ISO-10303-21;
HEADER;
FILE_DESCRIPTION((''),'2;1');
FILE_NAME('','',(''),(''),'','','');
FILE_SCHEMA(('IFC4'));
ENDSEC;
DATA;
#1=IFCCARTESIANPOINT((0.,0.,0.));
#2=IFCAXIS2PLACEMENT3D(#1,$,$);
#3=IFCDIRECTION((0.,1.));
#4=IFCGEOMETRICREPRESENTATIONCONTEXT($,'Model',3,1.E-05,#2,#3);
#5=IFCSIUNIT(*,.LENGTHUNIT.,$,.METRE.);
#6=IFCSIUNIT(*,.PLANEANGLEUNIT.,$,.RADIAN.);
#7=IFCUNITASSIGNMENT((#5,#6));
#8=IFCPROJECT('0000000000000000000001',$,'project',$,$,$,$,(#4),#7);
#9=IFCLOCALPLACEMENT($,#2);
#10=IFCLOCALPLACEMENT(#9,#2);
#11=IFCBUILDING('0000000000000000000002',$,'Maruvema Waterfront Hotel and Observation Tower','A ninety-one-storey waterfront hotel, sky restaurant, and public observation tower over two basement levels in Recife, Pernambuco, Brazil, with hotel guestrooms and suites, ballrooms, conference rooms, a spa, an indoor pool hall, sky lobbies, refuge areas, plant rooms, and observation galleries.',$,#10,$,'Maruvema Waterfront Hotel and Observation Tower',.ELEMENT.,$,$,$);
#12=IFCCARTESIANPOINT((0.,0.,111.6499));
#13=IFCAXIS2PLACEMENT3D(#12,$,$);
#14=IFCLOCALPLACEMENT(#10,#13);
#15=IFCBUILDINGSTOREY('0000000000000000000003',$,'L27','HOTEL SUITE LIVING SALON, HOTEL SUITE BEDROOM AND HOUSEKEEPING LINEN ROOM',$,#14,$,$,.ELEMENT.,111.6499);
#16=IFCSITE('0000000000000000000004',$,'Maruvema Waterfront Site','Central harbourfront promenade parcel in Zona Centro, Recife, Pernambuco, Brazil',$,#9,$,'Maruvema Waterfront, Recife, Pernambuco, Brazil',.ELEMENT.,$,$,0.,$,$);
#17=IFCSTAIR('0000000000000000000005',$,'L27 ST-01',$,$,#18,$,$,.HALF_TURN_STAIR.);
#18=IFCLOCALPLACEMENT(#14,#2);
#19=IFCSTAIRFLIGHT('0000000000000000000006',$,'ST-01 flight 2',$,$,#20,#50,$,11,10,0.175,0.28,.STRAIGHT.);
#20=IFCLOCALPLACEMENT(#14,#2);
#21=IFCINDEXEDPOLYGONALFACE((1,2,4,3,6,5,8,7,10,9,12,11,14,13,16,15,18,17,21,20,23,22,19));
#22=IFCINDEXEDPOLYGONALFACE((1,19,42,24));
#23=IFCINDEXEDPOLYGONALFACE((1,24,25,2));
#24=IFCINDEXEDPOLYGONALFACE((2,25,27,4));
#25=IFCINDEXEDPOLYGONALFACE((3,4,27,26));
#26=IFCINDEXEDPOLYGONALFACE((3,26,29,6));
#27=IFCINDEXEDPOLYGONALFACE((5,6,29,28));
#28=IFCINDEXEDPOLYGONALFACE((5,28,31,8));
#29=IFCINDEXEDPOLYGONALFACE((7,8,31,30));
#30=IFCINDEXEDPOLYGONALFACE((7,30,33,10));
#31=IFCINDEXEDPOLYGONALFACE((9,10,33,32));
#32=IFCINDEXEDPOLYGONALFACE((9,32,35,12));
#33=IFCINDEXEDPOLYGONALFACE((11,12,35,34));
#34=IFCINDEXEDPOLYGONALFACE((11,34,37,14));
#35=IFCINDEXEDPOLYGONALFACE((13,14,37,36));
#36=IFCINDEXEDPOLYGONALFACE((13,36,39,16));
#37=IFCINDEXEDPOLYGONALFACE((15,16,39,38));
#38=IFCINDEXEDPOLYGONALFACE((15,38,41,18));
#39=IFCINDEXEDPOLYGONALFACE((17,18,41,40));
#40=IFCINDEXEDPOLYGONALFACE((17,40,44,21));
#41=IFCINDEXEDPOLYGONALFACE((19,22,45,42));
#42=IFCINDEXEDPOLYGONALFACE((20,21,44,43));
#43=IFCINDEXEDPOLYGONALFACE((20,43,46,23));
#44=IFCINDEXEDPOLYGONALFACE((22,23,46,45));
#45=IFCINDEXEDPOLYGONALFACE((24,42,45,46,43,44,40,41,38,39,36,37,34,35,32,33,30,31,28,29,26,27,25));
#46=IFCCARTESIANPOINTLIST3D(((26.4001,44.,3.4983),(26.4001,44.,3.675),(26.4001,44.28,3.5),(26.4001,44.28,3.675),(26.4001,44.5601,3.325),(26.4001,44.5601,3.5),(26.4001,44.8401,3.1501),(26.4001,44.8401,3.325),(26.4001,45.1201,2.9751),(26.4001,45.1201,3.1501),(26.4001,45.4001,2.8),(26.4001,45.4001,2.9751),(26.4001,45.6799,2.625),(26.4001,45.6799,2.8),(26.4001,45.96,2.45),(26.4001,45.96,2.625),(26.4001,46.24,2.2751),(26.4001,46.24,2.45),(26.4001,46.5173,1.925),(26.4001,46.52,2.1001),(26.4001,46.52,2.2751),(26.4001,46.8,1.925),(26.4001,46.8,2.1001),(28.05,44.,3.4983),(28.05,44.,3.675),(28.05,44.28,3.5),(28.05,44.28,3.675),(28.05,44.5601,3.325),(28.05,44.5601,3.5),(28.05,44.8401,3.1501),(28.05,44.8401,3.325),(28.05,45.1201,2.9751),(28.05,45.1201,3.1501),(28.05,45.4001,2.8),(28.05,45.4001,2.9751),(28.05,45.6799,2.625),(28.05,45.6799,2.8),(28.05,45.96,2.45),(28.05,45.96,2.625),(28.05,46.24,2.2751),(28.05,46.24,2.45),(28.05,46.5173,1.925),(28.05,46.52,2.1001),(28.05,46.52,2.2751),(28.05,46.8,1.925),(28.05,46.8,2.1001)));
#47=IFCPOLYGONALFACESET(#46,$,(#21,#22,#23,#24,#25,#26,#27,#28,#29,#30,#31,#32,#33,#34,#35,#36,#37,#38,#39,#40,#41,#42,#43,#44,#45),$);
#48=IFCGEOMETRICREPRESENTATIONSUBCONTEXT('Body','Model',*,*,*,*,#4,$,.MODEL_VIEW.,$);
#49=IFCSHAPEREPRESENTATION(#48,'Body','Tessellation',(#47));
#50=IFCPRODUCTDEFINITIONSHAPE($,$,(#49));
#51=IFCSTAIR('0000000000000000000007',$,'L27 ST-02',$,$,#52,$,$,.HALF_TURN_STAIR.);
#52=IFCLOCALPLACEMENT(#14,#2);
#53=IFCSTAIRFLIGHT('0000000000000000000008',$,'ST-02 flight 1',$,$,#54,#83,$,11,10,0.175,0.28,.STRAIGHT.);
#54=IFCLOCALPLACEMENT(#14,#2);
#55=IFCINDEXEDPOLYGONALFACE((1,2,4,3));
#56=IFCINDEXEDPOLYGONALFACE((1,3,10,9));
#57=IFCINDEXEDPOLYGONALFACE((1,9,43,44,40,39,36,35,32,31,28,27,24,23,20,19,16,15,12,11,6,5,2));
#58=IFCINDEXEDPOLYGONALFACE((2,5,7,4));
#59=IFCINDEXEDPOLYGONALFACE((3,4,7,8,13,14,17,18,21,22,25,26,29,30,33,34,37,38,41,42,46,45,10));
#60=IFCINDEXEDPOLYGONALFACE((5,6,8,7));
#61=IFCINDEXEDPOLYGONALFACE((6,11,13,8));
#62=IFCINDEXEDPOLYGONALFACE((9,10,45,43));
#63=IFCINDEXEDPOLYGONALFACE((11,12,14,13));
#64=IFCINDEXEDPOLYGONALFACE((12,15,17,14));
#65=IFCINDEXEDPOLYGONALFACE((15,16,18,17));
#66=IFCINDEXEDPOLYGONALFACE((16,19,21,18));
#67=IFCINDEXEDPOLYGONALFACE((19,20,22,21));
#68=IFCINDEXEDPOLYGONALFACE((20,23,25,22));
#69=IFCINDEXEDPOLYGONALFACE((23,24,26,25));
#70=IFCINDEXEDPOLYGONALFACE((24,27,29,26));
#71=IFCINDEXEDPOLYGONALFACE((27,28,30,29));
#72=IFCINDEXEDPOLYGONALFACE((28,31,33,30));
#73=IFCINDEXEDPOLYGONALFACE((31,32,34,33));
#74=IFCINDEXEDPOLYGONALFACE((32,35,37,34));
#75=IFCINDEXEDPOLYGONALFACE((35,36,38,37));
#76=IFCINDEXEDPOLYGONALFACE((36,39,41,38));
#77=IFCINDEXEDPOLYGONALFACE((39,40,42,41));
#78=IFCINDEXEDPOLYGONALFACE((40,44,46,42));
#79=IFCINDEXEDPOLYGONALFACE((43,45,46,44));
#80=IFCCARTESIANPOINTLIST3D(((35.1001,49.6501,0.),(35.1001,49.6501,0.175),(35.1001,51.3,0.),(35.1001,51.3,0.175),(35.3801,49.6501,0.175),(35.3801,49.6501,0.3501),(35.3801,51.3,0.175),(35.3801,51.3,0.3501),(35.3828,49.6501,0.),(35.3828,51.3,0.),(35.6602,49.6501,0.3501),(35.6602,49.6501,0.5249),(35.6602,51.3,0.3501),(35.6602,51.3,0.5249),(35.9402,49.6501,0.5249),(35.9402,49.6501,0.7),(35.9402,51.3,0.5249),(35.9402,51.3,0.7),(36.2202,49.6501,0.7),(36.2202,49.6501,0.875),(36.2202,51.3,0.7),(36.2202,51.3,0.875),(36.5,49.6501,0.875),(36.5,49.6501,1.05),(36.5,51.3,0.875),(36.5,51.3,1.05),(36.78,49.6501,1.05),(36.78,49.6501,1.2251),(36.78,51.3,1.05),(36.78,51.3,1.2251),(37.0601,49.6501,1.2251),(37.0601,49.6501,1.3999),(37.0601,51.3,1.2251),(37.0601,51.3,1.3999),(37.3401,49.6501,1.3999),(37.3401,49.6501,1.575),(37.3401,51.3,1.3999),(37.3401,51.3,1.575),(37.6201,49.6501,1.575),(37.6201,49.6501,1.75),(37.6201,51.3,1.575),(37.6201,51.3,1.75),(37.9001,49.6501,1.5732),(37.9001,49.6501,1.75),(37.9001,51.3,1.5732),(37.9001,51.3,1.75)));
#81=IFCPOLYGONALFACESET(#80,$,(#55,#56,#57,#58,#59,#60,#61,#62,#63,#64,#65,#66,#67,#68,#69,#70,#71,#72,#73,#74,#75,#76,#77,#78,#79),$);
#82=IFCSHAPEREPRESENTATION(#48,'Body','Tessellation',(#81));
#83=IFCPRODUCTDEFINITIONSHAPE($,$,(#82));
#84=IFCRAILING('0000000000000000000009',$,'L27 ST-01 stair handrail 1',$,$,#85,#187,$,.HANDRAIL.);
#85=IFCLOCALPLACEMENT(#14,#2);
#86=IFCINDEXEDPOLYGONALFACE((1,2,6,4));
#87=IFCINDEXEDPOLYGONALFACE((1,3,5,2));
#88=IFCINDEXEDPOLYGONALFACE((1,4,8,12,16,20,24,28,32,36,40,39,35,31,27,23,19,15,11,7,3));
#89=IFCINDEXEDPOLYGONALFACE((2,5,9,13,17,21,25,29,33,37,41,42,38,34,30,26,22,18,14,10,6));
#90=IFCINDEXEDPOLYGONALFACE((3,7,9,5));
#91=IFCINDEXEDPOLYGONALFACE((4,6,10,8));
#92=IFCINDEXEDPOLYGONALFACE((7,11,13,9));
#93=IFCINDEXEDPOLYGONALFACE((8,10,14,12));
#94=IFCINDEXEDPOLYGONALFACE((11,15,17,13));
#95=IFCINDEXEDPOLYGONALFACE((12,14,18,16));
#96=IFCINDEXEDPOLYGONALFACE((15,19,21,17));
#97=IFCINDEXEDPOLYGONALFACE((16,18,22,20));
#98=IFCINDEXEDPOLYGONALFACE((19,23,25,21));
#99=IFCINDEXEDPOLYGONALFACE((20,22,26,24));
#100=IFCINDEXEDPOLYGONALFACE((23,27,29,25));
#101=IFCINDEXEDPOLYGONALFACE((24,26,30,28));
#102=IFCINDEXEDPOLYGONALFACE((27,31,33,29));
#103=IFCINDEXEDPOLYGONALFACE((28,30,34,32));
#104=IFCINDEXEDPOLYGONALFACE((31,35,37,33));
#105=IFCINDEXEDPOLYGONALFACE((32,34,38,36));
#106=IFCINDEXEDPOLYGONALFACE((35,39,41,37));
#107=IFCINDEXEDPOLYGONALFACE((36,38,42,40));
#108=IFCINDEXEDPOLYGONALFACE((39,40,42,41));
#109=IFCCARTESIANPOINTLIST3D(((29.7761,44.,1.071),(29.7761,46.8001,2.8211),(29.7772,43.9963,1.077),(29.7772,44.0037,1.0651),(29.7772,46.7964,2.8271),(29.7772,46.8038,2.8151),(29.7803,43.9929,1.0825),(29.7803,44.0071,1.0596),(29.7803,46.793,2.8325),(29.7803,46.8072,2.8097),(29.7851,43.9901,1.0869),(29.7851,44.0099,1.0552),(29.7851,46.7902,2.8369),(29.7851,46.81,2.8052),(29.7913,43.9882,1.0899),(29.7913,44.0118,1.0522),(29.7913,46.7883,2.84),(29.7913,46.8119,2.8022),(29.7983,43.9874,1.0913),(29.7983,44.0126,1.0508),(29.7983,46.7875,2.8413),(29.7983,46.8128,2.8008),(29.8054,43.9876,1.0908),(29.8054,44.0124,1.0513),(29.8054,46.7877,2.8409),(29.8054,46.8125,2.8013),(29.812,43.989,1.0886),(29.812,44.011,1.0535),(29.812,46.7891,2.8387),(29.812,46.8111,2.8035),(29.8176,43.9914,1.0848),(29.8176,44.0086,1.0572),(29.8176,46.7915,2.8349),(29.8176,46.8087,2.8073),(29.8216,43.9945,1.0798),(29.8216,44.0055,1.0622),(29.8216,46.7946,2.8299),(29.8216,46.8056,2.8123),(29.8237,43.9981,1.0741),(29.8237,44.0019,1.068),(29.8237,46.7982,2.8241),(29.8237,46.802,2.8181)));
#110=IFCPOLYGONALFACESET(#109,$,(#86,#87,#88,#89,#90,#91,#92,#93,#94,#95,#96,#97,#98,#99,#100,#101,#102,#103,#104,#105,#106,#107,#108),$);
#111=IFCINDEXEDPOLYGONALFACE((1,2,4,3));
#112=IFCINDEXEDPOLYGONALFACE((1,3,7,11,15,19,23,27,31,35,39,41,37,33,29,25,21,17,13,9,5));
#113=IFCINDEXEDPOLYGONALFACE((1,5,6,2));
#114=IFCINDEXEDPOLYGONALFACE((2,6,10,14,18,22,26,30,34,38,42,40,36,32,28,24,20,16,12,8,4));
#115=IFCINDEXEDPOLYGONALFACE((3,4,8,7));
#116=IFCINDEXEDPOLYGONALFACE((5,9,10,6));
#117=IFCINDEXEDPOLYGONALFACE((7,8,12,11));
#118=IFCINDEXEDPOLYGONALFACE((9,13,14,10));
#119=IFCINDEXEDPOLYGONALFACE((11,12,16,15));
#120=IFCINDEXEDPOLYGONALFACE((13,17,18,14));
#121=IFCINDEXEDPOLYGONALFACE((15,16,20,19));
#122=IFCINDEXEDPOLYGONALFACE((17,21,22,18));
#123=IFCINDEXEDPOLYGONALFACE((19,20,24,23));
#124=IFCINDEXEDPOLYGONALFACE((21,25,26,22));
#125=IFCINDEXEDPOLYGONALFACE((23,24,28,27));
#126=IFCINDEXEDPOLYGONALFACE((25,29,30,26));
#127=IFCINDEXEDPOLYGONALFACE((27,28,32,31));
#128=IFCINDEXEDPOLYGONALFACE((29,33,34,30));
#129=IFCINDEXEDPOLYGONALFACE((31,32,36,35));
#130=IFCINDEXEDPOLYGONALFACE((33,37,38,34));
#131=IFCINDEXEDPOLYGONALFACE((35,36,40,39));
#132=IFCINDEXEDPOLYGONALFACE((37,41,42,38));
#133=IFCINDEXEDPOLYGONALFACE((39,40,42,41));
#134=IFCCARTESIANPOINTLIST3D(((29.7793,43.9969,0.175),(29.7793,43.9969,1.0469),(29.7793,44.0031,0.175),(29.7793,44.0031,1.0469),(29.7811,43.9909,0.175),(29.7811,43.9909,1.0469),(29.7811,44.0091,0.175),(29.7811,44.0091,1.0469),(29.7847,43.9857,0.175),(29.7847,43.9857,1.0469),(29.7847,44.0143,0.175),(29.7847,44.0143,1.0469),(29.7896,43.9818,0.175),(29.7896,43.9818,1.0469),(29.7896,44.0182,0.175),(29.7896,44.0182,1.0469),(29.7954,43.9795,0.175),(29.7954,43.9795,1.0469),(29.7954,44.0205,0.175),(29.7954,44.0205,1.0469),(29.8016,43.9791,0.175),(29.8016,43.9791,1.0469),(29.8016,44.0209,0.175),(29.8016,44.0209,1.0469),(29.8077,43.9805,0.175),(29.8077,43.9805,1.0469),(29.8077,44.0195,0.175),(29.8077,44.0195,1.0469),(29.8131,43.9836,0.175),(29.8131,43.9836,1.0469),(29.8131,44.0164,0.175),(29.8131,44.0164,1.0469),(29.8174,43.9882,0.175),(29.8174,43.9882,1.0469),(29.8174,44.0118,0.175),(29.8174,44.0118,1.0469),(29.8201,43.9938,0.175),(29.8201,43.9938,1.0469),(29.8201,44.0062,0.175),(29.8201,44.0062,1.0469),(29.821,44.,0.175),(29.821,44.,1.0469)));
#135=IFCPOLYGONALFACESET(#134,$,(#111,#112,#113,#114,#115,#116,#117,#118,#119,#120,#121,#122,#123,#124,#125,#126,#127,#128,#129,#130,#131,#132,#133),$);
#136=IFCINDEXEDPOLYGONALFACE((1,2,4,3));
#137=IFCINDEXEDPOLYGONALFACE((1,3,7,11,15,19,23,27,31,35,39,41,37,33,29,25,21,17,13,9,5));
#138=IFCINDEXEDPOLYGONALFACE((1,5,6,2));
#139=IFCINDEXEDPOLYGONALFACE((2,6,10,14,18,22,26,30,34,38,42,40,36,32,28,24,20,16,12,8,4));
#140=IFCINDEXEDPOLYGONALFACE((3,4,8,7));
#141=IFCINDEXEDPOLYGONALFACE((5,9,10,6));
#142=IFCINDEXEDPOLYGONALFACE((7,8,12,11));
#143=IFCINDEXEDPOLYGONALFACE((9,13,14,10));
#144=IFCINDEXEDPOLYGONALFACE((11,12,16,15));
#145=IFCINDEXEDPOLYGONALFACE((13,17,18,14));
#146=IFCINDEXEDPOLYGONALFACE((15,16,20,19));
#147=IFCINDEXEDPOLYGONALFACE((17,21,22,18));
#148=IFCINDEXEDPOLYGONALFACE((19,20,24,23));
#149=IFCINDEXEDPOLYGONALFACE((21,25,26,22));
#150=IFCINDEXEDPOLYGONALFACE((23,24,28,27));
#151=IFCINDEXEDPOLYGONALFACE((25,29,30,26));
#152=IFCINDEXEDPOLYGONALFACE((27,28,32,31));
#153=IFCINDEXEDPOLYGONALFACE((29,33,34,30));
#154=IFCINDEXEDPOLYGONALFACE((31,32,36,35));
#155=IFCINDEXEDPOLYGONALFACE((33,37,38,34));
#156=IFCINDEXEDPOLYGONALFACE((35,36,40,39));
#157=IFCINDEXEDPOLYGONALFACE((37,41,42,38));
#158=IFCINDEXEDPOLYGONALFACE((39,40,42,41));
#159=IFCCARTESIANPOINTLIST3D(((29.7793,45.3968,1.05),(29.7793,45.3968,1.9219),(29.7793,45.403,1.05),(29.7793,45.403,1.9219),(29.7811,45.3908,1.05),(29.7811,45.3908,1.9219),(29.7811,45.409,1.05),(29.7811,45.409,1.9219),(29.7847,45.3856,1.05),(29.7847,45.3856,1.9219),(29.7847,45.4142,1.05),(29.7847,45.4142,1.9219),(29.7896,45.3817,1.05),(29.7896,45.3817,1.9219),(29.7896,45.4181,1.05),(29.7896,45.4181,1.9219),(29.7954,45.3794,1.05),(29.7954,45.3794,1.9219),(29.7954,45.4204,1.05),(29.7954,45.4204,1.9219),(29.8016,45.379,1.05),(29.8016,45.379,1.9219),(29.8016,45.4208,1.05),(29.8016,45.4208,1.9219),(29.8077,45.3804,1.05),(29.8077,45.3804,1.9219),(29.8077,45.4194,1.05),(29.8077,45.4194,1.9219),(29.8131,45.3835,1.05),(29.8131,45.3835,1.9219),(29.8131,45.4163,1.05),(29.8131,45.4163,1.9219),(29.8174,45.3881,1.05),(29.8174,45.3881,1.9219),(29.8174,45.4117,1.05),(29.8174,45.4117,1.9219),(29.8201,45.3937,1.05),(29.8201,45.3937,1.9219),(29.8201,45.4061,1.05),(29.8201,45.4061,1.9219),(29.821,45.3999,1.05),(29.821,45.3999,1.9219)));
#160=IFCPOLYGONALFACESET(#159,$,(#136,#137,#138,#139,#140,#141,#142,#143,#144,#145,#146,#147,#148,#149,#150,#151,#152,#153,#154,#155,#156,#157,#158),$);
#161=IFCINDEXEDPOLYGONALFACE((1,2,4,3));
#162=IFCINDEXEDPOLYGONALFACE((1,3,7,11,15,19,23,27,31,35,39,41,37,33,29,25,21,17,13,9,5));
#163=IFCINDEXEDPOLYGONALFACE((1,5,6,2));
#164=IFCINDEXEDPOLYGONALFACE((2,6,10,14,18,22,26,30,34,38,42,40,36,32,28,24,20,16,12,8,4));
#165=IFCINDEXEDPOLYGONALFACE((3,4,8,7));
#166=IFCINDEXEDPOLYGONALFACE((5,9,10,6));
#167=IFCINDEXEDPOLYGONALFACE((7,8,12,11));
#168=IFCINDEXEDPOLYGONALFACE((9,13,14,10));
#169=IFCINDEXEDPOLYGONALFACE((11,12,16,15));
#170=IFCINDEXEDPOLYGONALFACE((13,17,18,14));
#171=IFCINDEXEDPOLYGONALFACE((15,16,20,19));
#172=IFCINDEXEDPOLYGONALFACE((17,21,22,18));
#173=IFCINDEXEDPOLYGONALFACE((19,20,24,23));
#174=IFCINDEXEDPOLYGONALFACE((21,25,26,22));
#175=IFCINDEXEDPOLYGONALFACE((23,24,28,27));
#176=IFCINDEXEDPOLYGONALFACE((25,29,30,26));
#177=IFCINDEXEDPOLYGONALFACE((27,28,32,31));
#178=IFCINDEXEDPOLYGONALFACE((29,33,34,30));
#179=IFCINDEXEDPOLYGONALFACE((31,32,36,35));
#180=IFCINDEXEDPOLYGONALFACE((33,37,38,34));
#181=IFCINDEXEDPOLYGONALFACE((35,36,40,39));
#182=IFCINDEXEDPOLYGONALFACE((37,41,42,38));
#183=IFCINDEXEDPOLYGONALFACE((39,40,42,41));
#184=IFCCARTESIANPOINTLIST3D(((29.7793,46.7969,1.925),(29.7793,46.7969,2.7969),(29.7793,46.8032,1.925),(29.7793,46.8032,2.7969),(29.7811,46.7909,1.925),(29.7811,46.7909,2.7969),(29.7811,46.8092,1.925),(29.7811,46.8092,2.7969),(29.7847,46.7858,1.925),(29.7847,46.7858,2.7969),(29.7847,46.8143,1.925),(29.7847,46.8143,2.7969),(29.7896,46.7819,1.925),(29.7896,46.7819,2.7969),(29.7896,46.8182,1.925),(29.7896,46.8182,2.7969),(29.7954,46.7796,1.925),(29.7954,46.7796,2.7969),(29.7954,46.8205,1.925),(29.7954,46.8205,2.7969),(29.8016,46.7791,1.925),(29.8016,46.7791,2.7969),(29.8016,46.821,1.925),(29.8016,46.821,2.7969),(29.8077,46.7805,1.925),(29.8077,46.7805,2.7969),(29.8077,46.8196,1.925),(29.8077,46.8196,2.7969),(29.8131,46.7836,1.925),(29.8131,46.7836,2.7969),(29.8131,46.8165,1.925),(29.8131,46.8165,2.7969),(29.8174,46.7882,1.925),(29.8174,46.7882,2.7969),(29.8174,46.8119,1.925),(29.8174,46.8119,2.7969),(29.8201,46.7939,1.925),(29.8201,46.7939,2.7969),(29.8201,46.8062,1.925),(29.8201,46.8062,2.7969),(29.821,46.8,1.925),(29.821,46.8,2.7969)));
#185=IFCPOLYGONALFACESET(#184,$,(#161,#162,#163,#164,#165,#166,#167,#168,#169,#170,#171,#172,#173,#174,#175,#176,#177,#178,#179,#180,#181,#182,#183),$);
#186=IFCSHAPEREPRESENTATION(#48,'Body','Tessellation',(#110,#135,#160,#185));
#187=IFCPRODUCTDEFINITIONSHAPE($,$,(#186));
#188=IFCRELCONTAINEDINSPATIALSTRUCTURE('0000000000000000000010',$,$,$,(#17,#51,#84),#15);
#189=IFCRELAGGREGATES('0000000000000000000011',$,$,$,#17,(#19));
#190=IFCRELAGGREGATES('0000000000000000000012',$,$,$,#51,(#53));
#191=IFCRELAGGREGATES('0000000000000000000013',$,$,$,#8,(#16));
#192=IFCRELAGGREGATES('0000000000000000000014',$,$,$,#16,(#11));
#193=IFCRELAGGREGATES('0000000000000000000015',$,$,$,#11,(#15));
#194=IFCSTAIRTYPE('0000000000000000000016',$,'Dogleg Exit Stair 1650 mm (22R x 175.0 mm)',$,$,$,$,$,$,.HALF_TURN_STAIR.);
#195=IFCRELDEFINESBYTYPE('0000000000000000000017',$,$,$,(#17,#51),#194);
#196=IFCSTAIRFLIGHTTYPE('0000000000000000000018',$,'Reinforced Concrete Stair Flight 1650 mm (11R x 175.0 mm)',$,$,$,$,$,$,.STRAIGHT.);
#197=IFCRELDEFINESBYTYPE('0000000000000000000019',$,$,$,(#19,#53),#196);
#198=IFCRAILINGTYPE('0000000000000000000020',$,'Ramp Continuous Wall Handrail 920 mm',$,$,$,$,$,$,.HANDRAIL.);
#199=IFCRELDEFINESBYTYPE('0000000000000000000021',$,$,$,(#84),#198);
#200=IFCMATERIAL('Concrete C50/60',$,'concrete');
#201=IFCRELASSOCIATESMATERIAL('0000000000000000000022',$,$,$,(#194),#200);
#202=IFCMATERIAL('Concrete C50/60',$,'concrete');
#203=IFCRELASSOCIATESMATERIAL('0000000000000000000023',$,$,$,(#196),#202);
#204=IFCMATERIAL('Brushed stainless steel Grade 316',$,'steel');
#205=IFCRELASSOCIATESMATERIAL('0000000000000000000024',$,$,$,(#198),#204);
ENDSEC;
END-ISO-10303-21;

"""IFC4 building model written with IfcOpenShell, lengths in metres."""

from ifc_helpers import new_model, si_unit, direction, frame, origin, origin_2d, place, context, subcontext, project, spatial, polyline, circle, outline, extrude, material, type_object, element, aggregate, save


model = new_model("IFC4")

# Units and contexts
model_context = context("Model", 3, precision=1e-05, world=origin(), true_north=direction((0.0, 1.0)))
body_context = subcontext(model_context, "Body", "Model", "MODEL_VIEW")
ifc_project = project(units=[si_unit("LENGTHUNIT", "METRE"), si_unit("PLANEANGLEUNIT", "RADIAN")], contexts=[model_context])

# Site, building, storey
site_placement = place(None, origin())
site = spatial("IfcSite", under=ifc_project, at=site_placement, Name="Maruvema Waterfront Site", Description="Central harbourfront promenade parcel in Zona Centro, Recife, Pernambuco, Brazil", LongName="Maruvema Waterfront, Recife, Pernambuco, Brazil", CompositionType="ELEMENT", RefElevation=0.0)
building_placement = place(site_placement, origin())
building = spatial("IfcBuilding", under=site, at=building_placement, Name="Maruvema Waterfront Hotel and Observation Tower", Description="A ninety-one-storey waterfront hotel, sky restaurant, and public observation tower over two basement levels in Recife, Pernambuco, Brazil, with hotel guestrooms and suites, ballrooms, conference rooms, a spa, an indoor pool hall, sky lobbies, refuge areas, plant rooms, and observation galleries.", LongName="Maruvema Waterfront Hotel and Observation Tower", CompositionType="ELEMENT")
storey_placement = place(building_placement, frame((0.0, 0.0, 111.6499)))
storey = spatial("IfcBuildingStorey", under=building, at=storey_placement, Name="L27", Description="HOTEL SUITE LIVING SALON, HOTEL SUITE BEDROOM AND HOUSEKEEPING LINEN ROOM", CompositionType="ELEMENT", Elevation=111.6499)

# Stair, stair flight
ifc_material_1 = material(Name="Concrete C50/60", Category="concrete")
stair_type = type_object("IfcStairType", Name="Dogleg Exit Stair 1650 mm (22R x 175.0 mm)", PredefinedType="HALF_TURN_STAIR", material=ifc_material_1)
stair_1_placement = place(storey_placement, origin())
stair_1 = element("IfcStair", 1, at=stair_1_placement, inside=storey, type_object=stair_type, Name="L27 ST-01", PredefinedType="HALF_TURN_STAIR")
ifc_material_2 = material(Name="Concrete C50/60", Category="concrete")
stair_flight_type = type_object("IfcStairFlightType", Name="Reinforced Concrete Stair Flight 1650 mm (11R x 175.0 mm)", PredefinedType="STRAIGHT", material=ifc_material_2)
stair_flight_1_placement = place(storey_placement, frame((27.2251, 46.8, 1.925), z_axis=(0.0, 0.0, 1.0), x_axis=(0.0, -1.0, 0.0)))
stair_flight_1 = element("IfcStairFlight", 2, at=stair_flight_1_placement, type_object=stair_flight_type, Name="ST-01 flight 2", NumberOfRisers=11, NumberOfTreads=10, PredefinedType="STRAIGHT", RiserHeight=0.175, TreadLength=0.28, context=body_context, shape_type="SweptSolid", body=[
    extrude(outline(polyline([(0.0, 0.0), (0.0, 0.175), (0.28, 0.175), (0.28, 0.3501), (0.5601, 0.3501), (0.5601, 0.5249), (0.8401, 0.5249), (0.8401, 0.7), (1.1201, 0.7), (1.1201, 0.875), (1.3999, 0.875), (1.3999, 1.05), (1.6799, 1.05), (1.6799, 1.2251), (1.96, 1.2251), (1.96, 1.3999), (2.24, 1.3999), (2.24, 1.575), (2.52, 1.575), (2.52, 1.75), (2.8, 1.75), (2.8, 1.925), (2.8, 1.5732), (0.2827, 0.0), (0.0, 0.0)])), frame((0.0, 0.825, 0.0), z_axis=(0.0, -1.0, 0.0), x_axis=(1.0, 0.0, 0.0)), (0.0, 0.0, 1.0), 1.6499),
])
aggregate(stair_1, [stair_flight_1])

# Stair, stair flight
stair_2_placement = place(storey_placement, origin())
stair_2 = element("IfcStair", 3, at=stair_2_placement, inside=storey, type_object=stair_type, Name="L27 ST-02", PredefinedType="HALF_TURN_STAIR")
stair_flight_2_placement = place(storey_placement, frame((35.1001, 50.4751, 0.0), z_axis=(0.0, 0.0, 1.0), x_axis=(1.0, 0.0, 0.0)))
stair_flight_2 = element("IfcStairFlight", 4, at=stair_flight_2_placement, type_object=stair_flight_type, Name="ST-02 flight 1", NumberOfRisers=11, NumberOfTreads=10, PredefinedType="STRAIGHT", RiserHeight=0.175, TreadLength=0.28, context=body_context, shape_type="SweptSolid", body=[
    extrude(outline(polyline([(0.0, 0.0), (0.0, 0.175), (0.28, 0.175), (0.28, 0.3501), (0.5601, 0.3501), (0.5601, 0.5249), (0.8401, 0.5249), (0.8401, 0.7), (1.1201, 0.7), (1.1201, 0.875), (1.3999, 0.875), (1.3999, 1.05), (1.6799, 1.05), (1.6799, 1.2251), (1.96, 1.2251), (1.96, 1.3999), (2.24, 1.3999), (2.24, 1.575), (2.52, 1.575), (2.52, 1.75), (2.8, 1.75), (2.8, 1.925), (2.8, 1.5732), (0.2827, 0.0), (0.0, 0.0)])), frame((0.0, 0.825, 0.0), z_axis=(0.0, -1.0, 0.0), x_axis=(1.0, 0.0, 0.0)), (0.0, 0.0, 1.0), 1.6499),
])
aggregate(stair_2, [stair_flight_2])

# Railing
ifc_material_3 = material(Name="Brushed stainless steel Grade 316", Category="steel")
railing_type_1 = type_object("IfcRailingType", Name="Ramp Continuous Wall Handrail 920 mm", PredefinedType="HANDRAIL", material=ifc_material_3)
railing_1_placement = place(storey_placement, frame((29.8, 44.0, 0.175)))
element("IfcRailing", 5, at=railing_1_placement, inside=storey, type_object=railing_type_1, Name="L27 ST-01 stair handrail 1", PredefinedType="HANDRAIL", context=body_context, shape_type="SweptSolid", body=[
    extrude(circle(Radius=0.0239, at=origin_2d()), frame((0.0, 0.0, 0.896), z_axis=(0.0, 0.848002, 0.529992), x_axis=(-1.0, 0.0, 0.0)), (0.0, 0.0, 1.0), 3.302),
    extrude(circle(Radius=0.021, at=origin_2d()), origin(), (0.0, 0.0, 1.0), 0.8718),
    extrude(circle(Radius=0.021, at=origin_2d()), frame((0.0, 1.3999, 0.875)), (0.0, 0.0, 1.0), 0.8718),
    extrude(circle(Radius=0.021, at=origin_2d()), frame((0.0, 2.8, 1.75)), (0.0, 0.0, 1.0), 0.8718),
])

save(model, "model.ifc")
